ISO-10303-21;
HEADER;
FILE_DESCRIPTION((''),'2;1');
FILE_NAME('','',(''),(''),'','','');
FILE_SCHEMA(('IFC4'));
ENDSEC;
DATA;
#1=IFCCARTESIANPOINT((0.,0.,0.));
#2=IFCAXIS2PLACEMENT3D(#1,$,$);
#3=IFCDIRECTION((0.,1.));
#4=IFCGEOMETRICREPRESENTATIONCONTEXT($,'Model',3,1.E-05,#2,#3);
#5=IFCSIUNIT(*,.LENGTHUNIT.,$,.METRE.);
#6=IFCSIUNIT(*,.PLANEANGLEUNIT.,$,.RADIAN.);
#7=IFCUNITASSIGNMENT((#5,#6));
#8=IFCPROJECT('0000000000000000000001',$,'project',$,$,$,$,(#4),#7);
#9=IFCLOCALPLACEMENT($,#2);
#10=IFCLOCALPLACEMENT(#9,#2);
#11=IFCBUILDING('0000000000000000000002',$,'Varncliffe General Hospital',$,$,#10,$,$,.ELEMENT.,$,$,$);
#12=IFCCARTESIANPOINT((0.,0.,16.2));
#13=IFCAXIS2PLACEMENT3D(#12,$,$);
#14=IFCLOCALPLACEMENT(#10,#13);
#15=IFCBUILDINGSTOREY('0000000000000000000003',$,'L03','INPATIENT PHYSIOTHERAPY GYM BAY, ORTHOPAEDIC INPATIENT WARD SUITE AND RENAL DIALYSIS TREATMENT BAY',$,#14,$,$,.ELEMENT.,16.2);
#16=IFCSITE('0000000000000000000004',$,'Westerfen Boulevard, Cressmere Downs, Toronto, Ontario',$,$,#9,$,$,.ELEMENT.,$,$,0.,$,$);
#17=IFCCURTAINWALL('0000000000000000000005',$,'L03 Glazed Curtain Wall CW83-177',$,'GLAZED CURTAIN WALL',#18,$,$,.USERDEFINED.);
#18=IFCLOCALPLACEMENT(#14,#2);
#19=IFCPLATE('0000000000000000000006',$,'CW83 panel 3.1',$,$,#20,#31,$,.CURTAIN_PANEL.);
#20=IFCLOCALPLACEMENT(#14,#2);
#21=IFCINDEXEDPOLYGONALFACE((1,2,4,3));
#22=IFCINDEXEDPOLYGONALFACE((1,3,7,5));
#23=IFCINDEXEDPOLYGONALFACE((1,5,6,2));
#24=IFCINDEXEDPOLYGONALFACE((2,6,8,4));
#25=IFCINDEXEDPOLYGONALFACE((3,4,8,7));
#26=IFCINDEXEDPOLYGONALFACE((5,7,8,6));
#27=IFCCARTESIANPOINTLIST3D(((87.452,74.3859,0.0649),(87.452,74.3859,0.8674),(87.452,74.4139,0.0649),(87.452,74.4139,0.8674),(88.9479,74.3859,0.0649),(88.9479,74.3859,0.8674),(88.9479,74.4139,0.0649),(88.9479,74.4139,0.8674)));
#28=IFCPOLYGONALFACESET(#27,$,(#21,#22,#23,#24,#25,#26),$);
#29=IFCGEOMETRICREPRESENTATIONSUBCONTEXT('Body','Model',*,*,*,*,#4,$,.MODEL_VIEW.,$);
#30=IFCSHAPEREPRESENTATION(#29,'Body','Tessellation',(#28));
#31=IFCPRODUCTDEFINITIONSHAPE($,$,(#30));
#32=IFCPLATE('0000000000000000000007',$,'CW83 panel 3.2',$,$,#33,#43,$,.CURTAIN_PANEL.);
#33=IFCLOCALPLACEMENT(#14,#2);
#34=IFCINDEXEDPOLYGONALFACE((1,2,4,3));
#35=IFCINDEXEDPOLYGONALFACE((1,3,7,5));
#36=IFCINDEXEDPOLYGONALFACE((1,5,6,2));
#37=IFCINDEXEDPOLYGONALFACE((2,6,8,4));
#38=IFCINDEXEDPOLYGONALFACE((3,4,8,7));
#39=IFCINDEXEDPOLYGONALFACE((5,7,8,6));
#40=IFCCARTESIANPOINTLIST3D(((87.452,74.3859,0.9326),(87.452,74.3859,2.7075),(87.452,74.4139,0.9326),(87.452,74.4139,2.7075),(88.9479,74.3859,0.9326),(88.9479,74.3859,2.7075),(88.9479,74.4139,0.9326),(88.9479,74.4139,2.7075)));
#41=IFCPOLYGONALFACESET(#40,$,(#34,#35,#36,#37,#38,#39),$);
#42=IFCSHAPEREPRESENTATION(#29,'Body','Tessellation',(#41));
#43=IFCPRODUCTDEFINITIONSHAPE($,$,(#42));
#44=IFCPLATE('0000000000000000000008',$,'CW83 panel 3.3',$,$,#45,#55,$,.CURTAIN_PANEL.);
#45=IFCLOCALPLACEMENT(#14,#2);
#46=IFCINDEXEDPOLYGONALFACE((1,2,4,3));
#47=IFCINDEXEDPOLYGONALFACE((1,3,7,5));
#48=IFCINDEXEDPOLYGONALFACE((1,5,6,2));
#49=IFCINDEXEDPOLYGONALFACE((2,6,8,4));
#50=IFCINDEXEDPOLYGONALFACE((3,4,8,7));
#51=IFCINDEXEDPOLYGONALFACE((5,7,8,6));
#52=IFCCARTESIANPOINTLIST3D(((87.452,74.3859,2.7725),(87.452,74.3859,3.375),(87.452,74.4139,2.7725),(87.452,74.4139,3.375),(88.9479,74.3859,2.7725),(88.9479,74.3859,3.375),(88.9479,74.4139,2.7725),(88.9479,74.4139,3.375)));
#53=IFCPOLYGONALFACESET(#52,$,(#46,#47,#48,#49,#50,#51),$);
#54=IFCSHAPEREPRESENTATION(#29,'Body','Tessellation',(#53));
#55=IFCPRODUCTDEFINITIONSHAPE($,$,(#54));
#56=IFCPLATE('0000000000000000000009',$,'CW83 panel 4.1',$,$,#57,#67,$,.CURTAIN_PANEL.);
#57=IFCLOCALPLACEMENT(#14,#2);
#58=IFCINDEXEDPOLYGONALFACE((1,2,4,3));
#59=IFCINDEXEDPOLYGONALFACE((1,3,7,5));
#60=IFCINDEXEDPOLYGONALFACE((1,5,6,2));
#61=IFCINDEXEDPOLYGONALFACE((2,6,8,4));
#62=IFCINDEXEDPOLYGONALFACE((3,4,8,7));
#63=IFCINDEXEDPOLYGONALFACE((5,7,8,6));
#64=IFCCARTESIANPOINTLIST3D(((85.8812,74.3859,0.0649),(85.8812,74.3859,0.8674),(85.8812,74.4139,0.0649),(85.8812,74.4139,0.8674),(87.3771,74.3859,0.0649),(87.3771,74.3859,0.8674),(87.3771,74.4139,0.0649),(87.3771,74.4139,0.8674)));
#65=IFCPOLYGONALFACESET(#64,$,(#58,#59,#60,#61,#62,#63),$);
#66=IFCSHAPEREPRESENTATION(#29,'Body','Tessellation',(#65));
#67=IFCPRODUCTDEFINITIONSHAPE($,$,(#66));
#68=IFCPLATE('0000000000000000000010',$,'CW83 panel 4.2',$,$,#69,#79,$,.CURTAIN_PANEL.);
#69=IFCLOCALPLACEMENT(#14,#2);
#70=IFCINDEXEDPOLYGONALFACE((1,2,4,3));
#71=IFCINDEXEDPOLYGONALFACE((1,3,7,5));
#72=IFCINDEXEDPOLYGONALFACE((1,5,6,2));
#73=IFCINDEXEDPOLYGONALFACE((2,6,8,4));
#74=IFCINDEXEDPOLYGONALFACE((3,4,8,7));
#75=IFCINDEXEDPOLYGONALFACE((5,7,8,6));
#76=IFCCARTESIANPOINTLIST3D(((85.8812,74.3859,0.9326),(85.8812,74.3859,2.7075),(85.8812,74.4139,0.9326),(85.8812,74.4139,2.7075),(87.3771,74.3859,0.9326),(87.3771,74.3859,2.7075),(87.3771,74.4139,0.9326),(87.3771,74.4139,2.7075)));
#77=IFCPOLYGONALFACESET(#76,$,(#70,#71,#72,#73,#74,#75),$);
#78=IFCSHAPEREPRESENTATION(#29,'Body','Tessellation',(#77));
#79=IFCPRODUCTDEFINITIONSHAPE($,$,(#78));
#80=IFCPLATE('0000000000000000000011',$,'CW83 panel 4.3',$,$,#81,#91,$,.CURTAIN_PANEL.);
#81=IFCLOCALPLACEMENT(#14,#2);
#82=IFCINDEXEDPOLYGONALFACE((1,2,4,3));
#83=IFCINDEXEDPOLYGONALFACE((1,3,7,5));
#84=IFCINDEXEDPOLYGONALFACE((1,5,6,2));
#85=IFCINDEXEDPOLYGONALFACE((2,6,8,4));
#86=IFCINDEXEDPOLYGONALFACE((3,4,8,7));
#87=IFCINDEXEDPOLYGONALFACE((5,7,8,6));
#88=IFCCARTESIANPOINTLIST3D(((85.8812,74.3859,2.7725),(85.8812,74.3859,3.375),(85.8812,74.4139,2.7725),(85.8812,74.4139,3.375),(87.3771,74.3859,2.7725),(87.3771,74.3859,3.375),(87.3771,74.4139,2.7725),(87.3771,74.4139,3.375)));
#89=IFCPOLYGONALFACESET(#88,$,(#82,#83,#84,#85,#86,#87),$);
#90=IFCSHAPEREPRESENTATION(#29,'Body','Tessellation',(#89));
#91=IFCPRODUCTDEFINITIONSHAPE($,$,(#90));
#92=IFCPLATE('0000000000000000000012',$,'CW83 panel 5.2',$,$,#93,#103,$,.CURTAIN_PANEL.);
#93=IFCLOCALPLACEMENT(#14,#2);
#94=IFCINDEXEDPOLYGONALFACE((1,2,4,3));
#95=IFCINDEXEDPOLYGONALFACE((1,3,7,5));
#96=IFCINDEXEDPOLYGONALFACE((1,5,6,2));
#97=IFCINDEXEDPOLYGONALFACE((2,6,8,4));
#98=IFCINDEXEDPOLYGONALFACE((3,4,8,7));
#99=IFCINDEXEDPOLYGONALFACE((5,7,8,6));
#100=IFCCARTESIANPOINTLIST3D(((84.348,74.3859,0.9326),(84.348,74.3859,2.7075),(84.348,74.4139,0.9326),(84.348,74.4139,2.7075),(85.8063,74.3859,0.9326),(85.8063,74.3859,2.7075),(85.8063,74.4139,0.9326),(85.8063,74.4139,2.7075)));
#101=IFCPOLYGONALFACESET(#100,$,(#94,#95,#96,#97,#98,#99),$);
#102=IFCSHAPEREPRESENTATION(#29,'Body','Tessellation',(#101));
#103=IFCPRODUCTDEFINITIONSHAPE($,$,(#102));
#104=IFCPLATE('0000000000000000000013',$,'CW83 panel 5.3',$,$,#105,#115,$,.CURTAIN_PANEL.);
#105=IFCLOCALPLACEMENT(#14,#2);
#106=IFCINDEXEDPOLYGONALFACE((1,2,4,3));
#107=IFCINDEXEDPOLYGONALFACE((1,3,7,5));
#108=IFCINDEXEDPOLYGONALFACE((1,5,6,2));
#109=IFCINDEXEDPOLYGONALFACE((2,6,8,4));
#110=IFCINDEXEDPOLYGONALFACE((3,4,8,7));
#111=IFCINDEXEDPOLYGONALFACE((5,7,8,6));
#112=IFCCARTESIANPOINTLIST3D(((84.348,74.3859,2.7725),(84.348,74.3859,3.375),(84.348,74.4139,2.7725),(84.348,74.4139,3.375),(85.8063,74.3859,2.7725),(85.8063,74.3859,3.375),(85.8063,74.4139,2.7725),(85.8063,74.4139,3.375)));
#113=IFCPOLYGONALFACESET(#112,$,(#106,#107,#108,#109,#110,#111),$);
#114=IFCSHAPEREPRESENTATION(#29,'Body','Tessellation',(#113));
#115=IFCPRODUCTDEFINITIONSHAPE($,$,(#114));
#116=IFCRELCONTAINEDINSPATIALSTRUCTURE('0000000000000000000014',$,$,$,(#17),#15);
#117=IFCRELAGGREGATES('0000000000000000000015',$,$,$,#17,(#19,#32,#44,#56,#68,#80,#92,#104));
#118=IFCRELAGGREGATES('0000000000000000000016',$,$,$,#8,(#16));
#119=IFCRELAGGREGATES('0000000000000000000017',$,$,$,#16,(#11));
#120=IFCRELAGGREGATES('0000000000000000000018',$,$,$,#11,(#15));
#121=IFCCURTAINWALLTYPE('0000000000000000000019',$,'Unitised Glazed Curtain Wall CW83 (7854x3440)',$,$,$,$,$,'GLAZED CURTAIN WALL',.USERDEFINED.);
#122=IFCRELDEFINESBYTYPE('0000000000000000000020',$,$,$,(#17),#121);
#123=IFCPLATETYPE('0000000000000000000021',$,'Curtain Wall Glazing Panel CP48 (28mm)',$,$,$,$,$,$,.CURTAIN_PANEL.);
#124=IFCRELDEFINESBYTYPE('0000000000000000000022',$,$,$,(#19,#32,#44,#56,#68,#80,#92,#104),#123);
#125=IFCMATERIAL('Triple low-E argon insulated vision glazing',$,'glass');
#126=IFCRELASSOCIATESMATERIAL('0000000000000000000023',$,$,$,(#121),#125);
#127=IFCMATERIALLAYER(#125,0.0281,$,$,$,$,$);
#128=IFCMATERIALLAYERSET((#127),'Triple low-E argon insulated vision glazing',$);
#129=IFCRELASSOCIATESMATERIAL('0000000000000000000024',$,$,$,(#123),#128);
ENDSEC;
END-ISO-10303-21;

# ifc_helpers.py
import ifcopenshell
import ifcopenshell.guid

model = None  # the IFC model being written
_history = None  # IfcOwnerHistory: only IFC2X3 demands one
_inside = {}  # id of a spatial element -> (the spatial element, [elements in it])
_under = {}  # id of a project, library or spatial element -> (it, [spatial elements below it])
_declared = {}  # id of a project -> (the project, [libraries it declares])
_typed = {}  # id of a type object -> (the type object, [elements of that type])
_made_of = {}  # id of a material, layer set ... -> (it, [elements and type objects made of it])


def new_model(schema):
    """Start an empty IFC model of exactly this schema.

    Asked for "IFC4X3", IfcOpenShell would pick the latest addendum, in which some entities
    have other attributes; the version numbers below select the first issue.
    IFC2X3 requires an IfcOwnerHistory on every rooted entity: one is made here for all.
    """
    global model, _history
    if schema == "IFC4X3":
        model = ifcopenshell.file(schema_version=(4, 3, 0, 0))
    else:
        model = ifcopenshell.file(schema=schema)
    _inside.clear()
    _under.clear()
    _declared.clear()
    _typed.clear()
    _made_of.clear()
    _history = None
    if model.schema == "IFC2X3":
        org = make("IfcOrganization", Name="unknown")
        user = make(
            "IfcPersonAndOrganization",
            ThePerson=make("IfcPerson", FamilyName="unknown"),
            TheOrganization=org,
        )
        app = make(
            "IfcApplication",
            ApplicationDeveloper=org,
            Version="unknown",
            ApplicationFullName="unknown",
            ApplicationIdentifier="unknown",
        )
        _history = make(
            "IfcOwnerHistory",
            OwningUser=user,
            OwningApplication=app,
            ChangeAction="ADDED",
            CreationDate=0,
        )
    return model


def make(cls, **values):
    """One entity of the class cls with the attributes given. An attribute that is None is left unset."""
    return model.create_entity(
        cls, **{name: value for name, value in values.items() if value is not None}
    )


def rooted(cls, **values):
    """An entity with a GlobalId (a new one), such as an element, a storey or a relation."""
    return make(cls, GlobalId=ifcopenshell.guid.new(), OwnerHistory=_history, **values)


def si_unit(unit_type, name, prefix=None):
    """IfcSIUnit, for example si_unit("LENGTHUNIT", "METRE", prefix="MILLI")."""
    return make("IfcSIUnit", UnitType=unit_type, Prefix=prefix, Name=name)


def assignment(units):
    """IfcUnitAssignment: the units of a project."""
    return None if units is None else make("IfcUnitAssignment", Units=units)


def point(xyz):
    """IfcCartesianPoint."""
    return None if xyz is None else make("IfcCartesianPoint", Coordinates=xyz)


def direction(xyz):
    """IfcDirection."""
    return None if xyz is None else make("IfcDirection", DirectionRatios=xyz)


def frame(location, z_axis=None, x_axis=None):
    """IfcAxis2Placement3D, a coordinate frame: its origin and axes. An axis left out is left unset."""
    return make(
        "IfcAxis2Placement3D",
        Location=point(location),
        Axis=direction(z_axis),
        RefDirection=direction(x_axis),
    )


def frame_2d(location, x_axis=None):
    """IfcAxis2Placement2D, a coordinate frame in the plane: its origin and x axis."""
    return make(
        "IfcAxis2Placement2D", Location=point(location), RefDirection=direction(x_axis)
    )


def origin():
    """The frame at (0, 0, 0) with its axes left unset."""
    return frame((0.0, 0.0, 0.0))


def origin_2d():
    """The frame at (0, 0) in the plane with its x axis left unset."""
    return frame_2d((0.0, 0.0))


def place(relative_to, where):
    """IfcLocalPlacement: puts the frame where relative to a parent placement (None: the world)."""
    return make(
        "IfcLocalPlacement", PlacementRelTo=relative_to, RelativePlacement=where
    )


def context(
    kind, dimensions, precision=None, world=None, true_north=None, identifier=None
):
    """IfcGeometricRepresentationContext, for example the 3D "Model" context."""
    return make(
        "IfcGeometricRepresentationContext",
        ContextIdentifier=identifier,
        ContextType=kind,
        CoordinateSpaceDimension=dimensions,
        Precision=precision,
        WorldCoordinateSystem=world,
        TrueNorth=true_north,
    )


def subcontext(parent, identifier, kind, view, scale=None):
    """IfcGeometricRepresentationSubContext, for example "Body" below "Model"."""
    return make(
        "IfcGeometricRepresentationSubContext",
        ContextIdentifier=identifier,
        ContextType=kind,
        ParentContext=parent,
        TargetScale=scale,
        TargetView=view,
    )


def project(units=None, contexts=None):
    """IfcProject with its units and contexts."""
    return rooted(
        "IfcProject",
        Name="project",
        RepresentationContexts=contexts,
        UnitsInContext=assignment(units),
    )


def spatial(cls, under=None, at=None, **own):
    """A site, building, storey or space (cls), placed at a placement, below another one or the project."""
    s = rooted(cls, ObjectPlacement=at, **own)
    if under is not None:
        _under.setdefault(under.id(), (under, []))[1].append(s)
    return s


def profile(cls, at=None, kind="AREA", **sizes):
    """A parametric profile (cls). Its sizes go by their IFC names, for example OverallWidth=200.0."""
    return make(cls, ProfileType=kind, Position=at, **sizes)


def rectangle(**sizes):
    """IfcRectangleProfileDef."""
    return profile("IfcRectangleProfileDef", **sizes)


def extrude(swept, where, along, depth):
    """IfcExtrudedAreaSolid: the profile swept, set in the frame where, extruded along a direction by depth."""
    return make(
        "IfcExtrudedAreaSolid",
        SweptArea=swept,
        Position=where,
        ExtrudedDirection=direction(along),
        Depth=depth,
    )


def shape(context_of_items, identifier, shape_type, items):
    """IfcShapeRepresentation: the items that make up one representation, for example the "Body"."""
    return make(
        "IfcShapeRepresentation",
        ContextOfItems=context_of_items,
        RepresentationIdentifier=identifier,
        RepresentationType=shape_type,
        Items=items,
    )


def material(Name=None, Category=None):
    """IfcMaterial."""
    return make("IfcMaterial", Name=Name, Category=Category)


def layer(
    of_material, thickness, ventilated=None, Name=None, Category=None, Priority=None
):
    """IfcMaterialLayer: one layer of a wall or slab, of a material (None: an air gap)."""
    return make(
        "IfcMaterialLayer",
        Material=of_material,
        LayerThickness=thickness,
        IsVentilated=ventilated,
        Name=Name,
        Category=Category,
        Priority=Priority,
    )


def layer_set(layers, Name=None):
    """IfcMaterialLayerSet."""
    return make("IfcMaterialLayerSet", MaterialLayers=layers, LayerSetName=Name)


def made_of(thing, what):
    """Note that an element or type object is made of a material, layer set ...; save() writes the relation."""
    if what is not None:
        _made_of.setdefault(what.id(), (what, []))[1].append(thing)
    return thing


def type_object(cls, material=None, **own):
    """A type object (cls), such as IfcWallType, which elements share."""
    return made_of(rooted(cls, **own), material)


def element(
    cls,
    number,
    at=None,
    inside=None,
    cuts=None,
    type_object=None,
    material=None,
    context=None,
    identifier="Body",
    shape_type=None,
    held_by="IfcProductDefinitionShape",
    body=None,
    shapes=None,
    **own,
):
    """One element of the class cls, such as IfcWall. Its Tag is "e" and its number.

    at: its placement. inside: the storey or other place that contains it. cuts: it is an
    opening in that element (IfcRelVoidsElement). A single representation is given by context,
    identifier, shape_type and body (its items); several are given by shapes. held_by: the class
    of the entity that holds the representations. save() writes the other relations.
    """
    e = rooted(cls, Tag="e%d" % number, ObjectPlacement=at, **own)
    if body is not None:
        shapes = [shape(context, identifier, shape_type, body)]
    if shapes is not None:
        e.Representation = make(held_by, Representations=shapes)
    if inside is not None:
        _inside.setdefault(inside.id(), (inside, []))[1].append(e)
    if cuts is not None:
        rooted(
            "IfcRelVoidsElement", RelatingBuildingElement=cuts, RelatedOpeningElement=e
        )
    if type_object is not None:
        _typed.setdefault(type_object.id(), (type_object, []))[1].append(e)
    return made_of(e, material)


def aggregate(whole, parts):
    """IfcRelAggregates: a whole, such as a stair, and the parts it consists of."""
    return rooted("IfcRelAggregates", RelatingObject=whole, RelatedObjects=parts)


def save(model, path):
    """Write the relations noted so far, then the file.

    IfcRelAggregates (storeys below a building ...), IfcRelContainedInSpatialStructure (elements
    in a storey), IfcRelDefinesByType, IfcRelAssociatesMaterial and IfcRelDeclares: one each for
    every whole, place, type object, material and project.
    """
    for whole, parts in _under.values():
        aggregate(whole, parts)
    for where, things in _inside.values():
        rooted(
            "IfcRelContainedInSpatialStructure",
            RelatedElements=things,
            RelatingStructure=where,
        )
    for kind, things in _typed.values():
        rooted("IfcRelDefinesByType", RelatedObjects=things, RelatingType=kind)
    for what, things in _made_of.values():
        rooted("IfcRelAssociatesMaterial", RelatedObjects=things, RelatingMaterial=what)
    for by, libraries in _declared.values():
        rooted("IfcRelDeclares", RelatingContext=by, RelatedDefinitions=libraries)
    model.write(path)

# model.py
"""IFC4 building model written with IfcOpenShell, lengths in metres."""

from ifc_helpers import new_model, si_unit, direction, frame, origin, origin_2d, place, context, subcontext, project, spatial, rectangle, extrude, material, layer, layer_set, type_object, element, aggregate, save


model = new_model("IFC4")

# Units and contexts
model_context = context("Model", 3, precision=1e-05, world=origin(), true_north=direction((0.0, 1.0)))
body_context = subcontext(model_context, "Body", "Model", "MODEL_VIEW")
ifc_project = project(units=[si_unit("LENGTHUNIT", "METRE"), si_unit("PLANEANGLEUNIT", "RADIAN")], contexts=[model_context])

# Site, building, storey
site_placement = place(None, origin())
site = spatial("IfcSite", under=ifc_project, at=site_placement, Name="Westerfen Boulevard, Cressmere Downs, Toronto, Ontario", CompositionType="ELEMENT", RefElevation=0.0)
building_placement = place(site_placement, origin())
building = spatial("IfcBuilding", under=site, at=building_placement, Name="Varncliffe General Hospital", CompositionType="ELEMENT")
storey_placement = place(building_placement, frame((0.0, 0.0, 16.2)))
storey = spatial("IfcBuildingStorey", under=building, at=storey_placement, Name="L03", Description="INPATIENT PHYSIOTHERAPY GYM BAY, ORTHOPAEDIC INPATIENT WARD SUITE AND RENAL DIALYSIS TREATMENT BAY", CompositionType="ELEMENT", Elevation=16.2)

# Curtain wall, plates
ifc_material_1 = material(Name="Triple low-E argon insulated vision glazing", Category="glass")
curtain_wall_type = type_object("IfcCurtainWallType", Name="Unitised Glazed Curtain Wall CW83 (7854x3440)", ElementType="GLAZED CURTAIN WALL", PredefinedType="USERDEFINED", material=ifc_material_1)
curtain_wall_placement = place(storey_placement, origin())
curtain_wall = element("IfcCurtainWall", 1, at=curtain_wall_placement, inside=storey, type_object=curtain_wall_type, Name="L03 Glazed Curtain Wall CW83-177", ObjectType="GLAZED CURTAIN WALL", PredefinedType="USERDEFINED")
ifc_layer = layer(ifc_material_1, 0.0281)
ifc_layer_set = layer_set([ifc_layer], Name="Triple low-E argon insulated vision glazing")
plate_type = type_object("IfcPlateType", Name="Curtain Wall Glazing Panel CP48 (28mm)", PredefinedType="CURTAIN_PANEL", material=ifc_layer_set)
plate_1_placement = place(storey_placement, frame((88.2, 74.3999, 0.0649), z_axis=(0.0, 0.0, 1.0), x_axis=(-1.0, 0.0, 0.0)))
plate_1 = element("IfcPlate", 2, at=plate_1_placement, type_object=plate_type, Name="CW83 panel 3.1", PredefinedType="CURTAIN_PANEL", context=body_context, shape_type="SweptSolid", body=[
    extrude(rectangle(XDim=1.4958, YDim=0.0281, at=origin_2d()), origin(), (0.0, 0.0, 1.0), 0.8025),
])
plate_2_placement = place(storey_placement, frame((88.2, 74.3999, 0.9326), z_axis=(0.0, 0.0, 1.0), x_axis=(-1.0, 0.0, 0.0)))
plate_2 = element("IfcPlate", 3, at=plate_2_placement, type_object=plate_type, Name="CW83 panel 3.2", PredefinedType="CURTAIN_PANEL", context=body_context, shape_type="SweptSolid", body=[
    extrude(rectangle(XDim=1.4958, YDim=0.0281, at=origin_2d()), origin(), (0.0, 0.0, 1.0), 1.7749),
])
plate_3_placement = place(storey_placement, frame((88.2, 74.3999, 2.7725), z_axis=(0.0, 0.0, 1.0), x_axis=(-1.0, 0.0, 0.0)))
plate_3 = element("IfcPlate", 4, at=plate_3_placement, type_object=plate_type, Name="CW83 panel 3.3", PredefinedType="CURTAIN_PANEL", context=body_context, shape_type="SweptSolid", body=[
    extrude(rectangle(XDim=1.4958, YDim=0.0281, at=origin_2d()), origin(), (0.0, 0.0, 1.0), 0.6025),
])
plate_4_placement = place(storey_placement, frame((86.6292, 74.3999, 0.0649), z_axis=(0.0, 0.0, 1.0), x_axis=(-1.0, 0.0, 0.0)))
plate_4 = element("IfcPlate", 5, at=plate_4_placement, type_object=plate_type, Name="CW83 panel 4.1", PredefinedType="CURTAIN_PANEL", context=body_context, shape_type="SweptSolid", body=[
    extrude(rectangle(XDim=1.4958, YDim=0.0281, at=origin_2d()), origin(), (0.0, 0.0, 1.0), 0.8025),
])
plate_5_placement = place(storey_placement, frame((86.6292, 74.3999, 0.9326), z_axis=(0.0, 0.0, 1.0), x_axis=(-1.0, 0.0, 0.0)))
plate_5 = element("IfcPlate", 6, at=plate_5_placement, type_object=plate_type, Name="CW83 panel 4.2", PredefinedType="CURTAIN_PANEL", context=body_context, shape_type="SweptSolid", body=[
    extrude(rectangle(XDim=1.4958, YDim=0.0281, at=origin_2d()), origin(), (0.0, 0.0, 1.0), 1.7749),
])
plate_6_placement = place(storey_placement, frame((86.6292, 74.3999, 2.7725), z_axis=(0.0, 0.0, 1.0), x_axis=(-1.0, 0.0, 0.0)))
plate_6 = element("IfcPlate", 7, at=plate_6_placement, type_object=plate_type, Name="CW83 panel 4.3", PredefinedType="CURTAIN_PANEL", context=body_context, shape_type="SweptSolid", body=[
    extrude(rectangle(XDim=1.4958, YDim=0.0281, at=origin_2d()), origin(), (0.0, 0.0, 1.0), 0.6025),
])
plate_7_placement = place(storey_placement, frame((85.0771, 74.3999, 0.9326), z_axis=(0.0, 0.0, 1.0), x_axis=(-1.0, 0.0, 0.0)))
plate_7 = element("IfcPlate", 8, at=plate_7_placement, type_object=plate_type, Name="CW83 panel 5.2", PredefinedType="CURTAIN_PANEL", context=body_context, shape_type="SweptSolid", body=[
    extrude(rectangle(XDim=1.4583, YDim=0.0281, at=origin_2d()), origin(), (0.0, 0.0, 1.0), 1.7749),
])
plate_8_placement = place(storey_placement, frame((85.0771, 74.3999, 2.7725), z_axis=(0.0, 0.0, 1.0), x_axis=(-1.0, 0.0, 0.0)))
plate_8 = element("IfcPlate", 9, at=plate_8_placement, type_object=plate_type, Name="CW83 panel 5.3", PredefinedType="CURTAIN_PANEL", context=body_context, shape_type="SweptSolid", body=[
    extrude(rectangle(XDim=1.4583, YDim=0.0281, at=origin_2d()), origin(), (0.0, 0.0, 1.0), 0.6025),
])
aggregate(curtain_wall, [plate_1, plate_2, plate_3, plate_4, plate_5, plate_6, plate_7, plate_8])

save(model, "model.ifc")
